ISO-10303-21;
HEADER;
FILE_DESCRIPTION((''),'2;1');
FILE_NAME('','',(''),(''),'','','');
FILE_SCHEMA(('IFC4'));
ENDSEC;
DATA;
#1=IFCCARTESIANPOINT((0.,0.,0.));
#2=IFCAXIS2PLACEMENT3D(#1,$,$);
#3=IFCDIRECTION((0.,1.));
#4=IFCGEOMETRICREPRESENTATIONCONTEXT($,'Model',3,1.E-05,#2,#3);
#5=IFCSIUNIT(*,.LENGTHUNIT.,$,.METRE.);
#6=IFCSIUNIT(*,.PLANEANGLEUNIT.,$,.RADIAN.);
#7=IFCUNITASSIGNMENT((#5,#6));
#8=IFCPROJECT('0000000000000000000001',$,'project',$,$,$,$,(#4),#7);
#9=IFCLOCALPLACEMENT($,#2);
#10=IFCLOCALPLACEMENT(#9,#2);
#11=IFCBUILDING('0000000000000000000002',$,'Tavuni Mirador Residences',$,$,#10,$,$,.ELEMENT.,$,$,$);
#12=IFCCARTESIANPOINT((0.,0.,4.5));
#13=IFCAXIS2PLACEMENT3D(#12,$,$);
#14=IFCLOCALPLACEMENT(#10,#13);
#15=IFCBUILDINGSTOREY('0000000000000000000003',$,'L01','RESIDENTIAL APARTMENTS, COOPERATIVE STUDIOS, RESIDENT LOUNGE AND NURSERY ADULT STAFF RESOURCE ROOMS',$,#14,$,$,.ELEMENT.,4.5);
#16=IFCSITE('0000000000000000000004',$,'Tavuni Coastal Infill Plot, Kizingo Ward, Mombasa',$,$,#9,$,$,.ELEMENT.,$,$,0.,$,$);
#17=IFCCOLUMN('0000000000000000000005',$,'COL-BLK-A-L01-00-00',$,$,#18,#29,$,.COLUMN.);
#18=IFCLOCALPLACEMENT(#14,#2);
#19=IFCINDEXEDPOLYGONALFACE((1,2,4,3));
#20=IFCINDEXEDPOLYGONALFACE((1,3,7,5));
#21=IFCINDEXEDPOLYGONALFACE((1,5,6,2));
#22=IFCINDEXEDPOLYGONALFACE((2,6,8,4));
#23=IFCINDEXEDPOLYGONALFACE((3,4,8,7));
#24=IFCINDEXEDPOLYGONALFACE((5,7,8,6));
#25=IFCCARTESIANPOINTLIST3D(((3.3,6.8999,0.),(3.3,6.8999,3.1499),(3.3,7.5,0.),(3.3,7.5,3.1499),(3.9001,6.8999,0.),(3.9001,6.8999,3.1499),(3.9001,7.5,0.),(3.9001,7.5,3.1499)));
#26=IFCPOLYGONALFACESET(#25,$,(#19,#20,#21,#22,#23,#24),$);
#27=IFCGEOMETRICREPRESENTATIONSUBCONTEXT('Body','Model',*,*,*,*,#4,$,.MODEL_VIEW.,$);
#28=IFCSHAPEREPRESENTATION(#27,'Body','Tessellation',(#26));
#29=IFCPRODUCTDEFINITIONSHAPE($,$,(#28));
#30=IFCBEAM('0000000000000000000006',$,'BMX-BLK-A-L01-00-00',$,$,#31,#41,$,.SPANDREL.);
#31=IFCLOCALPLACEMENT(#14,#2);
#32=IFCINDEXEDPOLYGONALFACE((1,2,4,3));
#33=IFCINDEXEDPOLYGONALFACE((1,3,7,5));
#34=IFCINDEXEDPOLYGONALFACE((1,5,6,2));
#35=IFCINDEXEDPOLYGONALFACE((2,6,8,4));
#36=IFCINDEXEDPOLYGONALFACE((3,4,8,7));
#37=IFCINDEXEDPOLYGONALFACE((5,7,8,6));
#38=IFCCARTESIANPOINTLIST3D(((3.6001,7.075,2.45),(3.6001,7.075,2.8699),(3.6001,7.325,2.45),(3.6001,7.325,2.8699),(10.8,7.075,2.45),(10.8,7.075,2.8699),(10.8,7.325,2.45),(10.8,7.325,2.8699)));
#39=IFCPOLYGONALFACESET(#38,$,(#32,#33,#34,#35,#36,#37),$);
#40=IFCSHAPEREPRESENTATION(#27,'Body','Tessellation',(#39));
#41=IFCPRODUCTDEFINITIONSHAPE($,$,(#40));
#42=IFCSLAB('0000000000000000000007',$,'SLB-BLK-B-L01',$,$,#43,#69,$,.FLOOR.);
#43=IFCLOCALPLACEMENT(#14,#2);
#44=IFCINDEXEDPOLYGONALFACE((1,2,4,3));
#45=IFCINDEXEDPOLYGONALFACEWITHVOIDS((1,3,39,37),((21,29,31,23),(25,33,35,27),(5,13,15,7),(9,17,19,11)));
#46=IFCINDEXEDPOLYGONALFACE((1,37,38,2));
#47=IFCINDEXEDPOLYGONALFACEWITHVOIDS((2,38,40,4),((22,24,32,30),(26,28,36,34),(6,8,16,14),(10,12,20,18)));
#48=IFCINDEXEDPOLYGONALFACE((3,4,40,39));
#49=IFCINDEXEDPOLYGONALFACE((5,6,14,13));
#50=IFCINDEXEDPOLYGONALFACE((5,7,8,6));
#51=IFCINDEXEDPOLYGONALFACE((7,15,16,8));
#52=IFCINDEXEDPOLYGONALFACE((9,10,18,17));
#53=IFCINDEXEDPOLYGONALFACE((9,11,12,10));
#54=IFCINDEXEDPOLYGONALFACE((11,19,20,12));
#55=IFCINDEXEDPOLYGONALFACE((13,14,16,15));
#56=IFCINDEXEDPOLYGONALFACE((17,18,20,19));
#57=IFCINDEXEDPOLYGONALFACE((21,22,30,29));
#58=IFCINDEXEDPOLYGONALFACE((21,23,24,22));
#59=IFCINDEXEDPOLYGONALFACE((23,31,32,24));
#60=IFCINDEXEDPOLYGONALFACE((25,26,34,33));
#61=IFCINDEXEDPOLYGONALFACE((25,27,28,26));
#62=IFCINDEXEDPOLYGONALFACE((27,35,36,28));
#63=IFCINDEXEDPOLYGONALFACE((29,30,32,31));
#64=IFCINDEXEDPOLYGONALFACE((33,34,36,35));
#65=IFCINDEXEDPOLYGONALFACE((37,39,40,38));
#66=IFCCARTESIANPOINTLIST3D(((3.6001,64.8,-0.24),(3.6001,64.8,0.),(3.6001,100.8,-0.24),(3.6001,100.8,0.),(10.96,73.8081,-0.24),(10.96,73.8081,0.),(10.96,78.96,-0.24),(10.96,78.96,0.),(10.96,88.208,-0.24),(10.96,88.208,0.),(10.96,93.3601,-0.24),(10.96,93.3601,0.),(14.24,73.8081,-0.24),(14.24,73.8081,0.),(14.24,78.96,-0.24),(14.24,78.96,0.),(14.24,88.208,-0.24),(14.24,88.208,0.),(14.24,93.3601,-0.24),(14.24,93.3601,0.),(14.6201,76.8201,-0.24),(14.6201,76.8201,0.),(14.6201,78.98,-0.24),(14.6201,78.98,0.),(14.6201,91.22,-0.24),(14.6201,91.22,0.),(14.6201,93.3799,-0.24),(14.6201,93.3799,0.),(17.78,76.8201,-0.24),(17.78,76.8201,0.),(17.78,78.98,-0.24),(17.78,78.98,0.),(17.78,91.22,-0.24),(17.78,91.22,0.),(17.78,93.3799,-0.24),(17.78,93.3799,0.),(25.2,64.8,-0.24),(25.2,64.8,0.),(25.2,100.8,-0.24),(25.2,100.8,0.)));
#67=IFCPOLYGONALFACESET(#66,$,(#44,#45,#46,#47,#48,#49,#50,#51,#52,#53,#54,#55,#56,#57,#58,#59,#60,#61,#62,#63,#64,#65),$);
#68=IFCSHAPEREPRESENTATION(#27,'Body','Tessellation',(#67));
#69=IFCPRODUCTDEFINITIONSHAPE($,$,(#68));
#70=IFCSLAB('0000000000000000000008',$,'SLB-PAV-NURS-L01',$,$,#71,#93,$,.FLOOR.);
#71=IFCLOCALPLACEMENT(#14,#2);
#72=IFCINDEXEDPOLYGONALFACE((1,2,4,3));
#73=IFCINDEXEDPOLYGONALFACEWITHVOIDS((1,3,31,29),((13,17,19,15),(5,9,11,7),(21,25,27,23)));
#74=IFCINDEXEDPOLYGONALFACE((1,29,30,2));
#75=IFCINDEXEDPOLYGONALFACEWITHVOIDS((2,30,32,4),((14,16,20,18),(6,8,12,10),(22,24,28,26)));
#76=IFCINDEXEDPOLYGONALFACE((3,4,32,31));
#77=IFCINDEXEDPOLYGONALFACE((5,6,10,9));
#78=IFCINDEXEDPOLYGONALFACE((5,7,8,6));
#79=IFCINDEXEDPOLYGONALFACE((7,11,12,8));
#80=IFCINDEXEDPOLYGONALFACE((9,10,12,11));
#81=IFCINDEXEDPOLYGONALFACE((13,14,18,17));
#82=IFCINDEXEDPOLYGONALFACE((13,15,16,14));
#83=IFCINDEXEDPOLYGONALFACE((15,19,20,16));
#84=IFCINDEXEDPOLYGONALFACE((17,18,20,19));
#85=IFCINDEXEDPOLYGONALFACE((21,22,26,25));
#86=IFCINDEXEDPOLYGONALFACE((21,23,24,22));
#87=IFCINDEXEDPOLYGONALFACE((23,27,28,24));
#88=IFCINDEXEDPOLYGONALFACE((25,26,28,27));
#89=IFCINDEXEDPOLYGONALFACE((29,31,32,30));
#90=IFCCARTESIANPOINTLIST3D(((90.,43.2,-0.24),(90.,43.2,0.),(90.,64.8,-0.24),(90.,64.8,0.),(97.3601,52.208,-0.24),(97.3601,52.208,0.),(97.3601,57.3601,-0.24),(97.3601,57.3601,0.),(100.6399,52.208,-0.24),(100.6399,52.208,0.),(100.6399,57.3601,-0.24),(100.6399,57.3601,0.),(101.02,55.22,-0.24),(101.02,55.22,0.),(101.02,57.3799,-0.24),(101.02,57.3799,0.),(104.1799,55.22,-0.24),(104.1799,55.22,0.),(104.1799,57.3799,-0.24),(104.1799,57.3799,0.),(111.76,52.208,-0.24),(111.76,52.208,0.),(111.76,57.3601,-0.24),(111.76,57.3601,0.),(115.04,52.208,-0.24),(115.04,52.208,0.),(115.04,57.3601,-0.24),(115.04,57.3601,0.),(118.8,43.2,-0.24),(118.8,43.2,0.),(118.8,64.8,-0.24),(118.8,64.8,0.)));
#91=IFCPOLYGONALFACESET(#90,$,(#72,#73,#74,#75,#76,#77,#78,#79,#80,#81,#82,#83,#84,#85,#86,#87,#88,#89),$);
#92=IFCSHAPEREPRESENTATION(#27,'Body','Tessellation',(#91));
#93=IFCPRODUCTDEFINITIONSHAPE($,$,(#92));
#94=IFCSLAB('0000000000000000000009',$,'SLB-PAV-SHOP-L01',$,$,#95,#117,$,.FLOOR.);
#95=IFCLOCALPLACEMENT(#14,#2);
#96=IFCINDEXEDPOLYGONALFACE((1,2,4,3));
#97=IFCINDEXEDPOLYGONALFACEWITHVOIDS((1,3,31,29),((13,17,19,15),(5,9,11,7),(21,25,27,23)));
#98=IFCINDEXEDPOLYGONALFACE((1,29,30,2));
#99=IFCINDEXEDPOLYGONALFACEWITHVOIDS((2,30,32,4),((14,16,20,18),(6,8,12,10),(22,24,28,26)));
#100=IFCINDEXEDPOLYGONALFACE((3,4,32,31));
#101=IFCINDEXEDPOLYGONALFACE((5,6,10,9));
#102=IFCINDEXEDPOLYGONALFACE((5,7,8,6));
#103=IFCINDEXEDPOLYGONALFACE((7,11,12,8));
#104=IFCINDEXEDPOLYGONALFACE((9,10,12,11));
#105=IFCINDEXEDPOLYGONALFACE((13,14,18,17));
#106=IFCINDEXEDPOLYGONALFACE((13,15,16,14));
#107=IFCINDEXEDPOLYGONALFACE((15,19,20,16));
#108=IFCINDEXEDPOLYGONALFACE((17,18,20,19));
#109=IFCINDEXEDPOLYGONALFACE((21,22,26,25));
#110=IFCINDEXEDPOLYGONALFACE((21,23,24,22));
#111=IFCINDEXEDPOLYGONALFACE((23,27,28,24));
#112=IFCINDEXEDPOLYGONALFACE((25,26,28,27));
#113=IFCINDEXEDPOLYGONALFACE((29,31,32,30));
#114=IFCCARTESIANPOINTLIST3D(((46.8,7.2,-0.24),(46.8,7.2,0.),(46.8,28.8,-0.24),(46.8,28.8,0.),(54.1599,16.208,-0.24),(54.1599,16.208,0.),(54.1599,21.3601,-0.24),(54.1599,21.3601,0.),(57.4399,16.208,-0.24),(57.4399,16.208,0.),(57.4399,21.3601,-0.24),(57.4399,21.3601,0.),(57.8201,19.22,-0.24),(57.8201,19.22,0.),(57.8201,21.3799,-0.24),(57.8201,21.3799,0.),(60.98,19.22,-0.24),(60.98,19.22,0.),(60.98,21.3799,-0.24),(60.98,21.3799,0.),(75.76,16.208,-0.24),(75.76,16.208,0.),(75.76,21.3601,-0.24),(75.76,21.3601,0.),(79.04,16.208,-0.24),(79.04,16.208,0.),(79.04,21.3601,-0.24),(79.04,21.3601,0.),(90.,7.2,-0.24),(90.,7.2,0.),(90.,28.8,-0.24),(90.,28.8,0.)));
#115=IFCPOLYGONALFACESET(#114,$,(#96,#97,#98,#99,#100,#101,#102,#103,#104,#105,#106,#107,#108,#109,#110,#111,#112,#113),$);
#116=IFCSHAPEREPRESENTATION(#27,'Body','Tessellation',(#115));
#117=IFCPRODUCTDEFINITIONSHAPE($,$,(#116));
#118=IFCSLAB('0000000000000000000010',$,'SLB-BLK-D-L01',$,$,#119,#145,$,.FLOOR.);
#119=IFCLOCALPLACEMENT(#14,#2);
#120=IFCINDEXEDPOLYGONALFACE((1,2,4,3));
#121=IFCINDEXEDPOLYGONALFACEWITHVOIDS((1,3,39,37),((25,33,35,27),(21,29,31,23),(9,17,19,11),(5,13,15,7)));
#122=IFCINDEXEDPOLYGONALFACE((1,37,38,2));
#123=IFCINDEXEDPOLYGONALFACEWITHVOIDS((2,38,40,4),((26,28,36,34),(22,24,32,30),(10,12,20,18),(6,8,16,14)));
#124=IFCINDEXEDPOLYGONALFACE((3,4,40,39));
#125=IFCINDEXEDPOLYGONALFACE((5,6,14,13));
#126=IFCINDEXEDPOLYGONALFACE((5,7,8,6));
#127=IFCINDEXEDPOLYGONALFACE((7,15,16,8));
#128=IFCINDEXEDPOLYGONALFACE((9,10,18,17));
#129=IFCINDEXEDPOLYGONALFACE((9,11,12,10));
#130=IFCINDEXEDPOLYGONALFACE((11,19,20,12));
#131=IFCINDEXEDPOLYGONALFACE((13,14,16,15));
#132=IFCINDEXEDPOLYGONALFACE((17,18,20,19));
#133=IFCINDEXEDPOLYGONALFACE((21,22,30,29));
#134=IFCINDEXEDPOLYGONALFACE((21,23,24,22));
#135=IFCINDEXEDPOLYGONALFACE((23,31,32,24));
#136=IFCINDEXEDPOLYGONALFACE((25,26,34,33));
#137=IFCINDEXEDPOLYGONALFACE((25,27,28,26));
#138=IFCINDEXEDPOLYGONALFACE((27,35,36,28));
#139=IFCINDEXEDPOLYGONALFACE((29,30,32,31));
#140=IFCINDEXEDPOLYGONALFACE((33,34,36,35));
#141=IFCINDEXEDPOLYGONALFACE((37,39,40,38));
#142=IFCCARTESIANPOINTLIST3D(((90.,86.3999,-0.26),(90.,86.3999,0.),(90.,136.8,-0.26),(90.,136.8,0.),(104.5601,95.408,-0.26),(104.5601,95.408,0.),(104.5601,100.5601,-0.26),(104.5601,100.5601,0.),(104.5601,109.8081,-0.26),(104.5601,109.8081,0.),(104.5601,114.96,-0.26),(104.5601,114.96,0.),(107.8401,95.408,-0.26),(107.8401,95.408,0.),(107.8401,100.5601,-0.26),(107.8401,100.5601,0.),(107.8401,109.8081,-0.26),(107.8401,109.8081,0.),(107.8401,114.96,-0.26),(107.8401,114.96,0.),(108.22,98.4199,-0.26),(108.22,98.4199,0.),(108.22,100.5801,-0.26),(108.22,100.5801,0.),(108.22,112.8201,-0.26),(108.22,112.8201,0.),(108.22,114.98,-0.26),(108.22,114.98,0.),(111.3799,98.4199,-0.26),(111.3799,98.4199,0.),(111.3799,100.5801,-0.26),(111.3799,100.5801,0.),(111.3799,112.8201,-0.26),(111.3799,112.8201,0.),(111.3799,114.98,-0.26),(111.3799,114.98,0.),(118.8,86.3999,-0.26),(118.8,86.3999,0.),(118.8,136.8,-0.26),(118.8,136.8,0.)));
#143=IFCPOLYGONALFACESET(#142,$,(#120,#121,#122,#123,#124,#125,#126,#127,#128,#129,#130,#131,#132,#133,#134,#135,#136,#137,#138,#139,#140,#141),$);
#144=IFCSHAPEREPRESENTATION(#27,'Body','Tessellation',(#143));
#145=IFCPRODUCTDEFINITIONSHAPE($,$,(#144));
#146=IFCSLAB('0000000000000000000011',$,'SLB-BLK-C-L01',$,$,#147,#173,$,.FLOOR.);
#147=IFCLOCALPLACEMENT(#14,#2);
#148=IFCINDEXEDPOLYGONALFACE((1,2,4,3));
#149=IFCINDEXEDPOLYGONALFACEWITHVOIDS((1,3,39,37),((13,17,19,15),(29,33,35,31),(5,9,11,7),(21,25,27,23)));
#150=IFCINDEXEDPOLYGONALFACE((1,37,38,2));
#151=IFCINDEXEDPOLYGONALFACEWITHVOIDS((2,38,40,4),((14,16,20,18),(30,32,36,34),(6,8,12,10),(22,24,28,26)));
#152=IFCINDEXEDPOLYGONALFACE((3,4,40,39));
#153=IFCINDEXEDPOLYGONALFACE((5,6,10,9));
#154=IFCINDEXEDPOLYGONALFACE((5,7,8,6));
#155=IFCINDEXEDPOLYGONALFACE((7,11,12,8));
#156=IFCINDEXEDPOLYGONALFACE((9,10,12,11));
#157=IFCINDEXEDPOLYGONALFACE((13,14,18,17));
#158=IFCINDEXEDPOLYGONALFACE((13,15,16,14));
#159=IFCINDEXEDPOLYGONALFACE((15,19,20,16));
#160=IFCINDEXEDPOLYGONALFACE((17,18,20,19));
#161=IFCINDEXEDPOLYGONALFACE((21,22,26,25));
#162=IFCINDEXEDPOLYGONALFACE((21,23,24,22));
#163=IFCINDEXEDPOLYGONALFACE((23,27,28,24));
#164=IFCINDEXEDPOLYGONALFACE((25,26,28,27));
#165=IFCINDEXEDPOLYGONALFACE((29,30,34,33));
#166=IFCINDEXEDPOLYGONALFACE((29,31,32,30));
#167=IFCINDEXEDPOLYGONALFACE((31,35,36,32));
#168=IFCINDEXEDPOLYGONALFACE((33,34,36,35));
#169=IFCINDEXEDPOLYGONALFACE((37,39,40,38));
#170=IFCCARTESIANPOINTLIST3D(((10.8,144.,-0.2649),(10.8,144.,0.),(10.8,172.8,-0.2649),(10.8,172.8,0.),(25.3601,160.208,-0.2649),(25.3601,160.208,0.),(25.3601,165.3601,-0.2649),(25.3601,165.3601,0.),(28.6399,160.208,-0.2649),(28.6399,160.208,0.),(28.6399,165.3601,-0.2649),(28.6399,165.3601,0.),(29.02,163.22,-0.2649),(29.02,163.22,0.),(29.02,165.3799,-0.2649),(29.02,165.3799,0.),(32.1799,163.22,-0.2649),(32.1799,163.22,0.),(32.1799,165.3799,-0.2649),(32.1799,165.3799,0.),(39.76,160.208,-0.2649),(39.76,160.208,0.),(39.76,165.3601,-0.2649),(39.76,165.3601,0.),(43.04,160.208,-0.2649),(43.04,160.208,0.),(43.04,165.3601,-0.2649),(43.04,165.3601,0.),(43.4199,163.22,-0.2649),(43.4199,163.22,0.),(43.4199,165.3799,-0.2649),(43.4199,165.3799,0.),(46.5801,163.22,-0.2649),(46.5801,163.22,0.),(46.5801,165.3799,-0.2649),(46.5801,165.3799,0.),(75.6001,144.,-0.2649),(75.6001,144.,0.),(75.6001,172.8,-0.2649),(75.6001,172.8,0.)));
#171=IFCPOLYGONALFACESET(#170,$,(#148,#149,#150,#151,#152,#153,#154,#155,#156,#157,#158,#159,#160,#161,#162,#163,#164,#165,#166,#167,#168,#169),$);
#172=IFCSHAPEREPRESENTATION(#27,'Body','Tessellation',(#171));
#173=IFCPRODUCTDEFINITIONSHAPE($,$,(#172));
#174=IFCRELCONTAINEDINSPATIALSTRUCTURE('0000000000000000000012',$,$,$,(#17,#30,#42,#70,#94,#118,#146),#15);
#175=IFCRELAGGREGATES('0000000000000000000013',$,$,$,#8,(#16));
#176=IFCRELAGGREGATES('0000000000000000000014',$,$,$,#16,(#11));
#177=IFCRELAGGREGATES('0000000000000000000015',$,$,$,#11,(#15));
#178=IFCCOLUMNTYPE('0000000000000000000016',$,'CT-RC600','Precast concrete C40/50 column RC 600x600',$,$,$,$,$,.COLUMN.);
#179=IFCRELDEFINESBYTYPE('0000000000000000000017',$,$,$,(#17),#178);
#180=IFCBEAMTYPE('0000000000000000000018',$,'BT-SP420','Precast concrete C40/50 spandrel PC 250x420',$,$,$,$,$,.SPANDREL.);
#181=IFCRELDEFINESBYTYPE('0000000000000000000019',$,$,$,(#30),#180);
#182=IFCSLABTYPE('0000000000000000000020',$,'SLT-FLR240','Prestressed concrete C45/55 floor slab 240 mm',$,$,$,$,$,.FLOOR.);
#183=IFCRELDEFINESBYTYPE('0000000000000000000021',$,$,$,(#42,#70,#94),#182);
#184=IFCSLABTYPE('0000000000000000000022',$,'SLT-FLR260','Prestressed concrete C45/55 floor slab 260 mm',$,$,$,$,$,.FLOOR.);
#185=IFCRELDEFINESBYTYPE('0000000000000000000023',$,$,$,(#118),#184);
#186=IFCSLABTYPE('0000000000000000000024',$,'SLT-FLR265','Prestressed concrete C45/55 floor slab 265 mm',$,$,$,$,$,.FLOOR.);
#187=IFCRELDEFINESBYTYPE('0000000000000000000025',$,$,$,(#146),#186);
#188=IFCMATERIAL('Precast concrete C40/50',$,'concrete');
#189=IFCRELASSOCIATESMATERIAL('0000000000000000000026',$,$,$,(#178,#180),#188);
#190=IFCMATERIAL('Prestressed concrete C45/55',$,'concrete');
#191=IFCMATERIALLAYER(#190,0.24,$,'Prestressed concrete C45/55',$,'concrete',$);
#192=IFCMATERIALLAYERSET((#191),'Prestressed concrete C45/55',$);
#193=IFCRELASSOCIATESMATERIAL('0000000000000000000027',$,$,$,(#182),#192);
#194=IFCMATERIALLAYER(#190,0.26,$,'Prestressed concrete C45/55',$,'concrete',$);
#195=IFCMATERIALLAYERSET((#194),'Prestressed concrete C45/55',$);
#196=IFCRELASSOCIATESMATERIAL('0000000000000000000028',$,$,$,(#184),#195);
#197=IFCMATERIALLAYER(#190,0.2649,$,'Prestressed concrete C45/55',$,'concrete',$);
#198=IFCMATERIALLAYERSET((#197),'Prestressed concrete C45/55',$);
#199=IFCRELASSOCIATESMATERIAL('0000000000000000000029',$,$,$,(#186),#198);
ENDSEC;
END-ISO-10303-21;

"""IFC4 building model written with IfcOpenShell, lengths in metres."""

from ifc_helpers import new_model, si_unit, direction, frame, origin, origin_2d, place, context, subcontext, project, spatial, polyline, rectangle, outline, extrude, material, layer, layer_set, material_profile, profile_set, type_object, element, save


model = new_model("IFC4")

# Units and contexts
model_context = context("Model", 3, precision=1e-05, world=origin(), true_north=direction((0.0, 1.0)))
body_context = subcontext(model_context, "Body", "Model", "MODEL_VIEW")
ifc_project = project(units=[si_unit("LENGTHUNIT", "METRE"), si_unit("PLANEANGLEUNIT", "RADIAN")], contexts=[model_context])

# Site, building, storey
site_placement = place(None, origin())
site = spatial("IfcSite", under=ifc_project, at=site_placement, Name="Tavuni Coastal Infill Plot, Kizingo Ward, Mombasa", CompositionType="ELEMENT", RefElevation=0.0)
building_placement = place(site_placement, origin())
building = spatial("IfcBuilding", under=site, at=building_placement, Name="Tavuni Mirador Residences", CompositionType="ELEMENT")
storey_placement = place(building_placement, frame((0.0, 0.0, 4.5)))
storey = spatial("IfcBuildingStorey", under=building, at=storey_placement, Name="L01", Description="RESIDENTIAL APARTMENTS, COOPERATIVE STUDIOS, RESIDENT LOUNGE AND NURSERY ADULT STAFF RESOURCE ROOMS", CompositionType="ELEMENT", Elevation=4.5)

# Column
ifc_material_1 = material(Name="Precast concrete C40/50", Category="concrete")
ifc_material_profile_1 = material_profile(ifc_material_1, rectangle(XDim=0.6001, YDim=0.6001, at=origin_2d()), Name="RC 600x600", Category="concrete")
ifc_profile_set_1 = profile_set([ifc_material_profile_1], Name="Precast concrete C40/50")
column_type = type_object("IfcColumnType", Name="CT-RC600", Description="Precast concrete C40/50 column RC 600x600", PredefinedType="COLUMN", material=ifc_profile_set_1)
column_placement = place(storey_placement, frame((3.6001, 7.2, 0.0), z_axis=(0.0, 0.0, 1.0), x_axis=(1.0, 0.0, 0.0)))
element("IfcColumn", 1, at=column_placement, inside=storey, type_object=column_type, Name="COL-BLK-A-L01-00-00", PredefinedType="COLUMN", context=body_context, shape_type="SweptSolid", body=[
    extrude(rectangle(XDim=0.6001, YDim=0.6001, at=origin_2d()), origin(), (0.0, 0.0, 1.0), 3.1499),
])

# Beam
ifc_material_profile_2 = material_profile(ifc_material_1, rectangle(XDim=0.25, YDim=0.4199, at=origin_2d()), Name="PC 250x420", Category="concrete")
ifc_profile_set_2 = profile_set([ifc_material_profile_2], Name="Precast concrete C40/50")
beam_type = type_object("IfcBeamType", Name="BT-SP420", Description="Precast concrete C40/50 spandrel PC 250x420", PredefinedType="SPANDREL", material=ifc_profile_set_2)
beam_placement = place(storey_placement, frame((3.6001, 7.2, 2.6599), z_axis=(1.0, 0.0, 0.0), x_axis=(0.0, 1.0, 0.0)))
element("IfcBeam", 2, at=beam_placement, inside=storey, type_object=beam_type, Name="BMX-BLK-A-L01-00-00", PredefinedType="SPANDREL", context=body_context, shape_type="SweptSolid", body=[
    extrude(rectangle(XDim=0.25, YDim=0.4199, at=origin_2d()), origin(), (0.0, 0.0, 1.0), 7.2),
])

# Slabs
ifc_material_2 = material(Name="Prestressed concrete C45/55", Category="concrete")
ifc_layer_1 = layer(ifc_material_2, 0.24, Name="Prestressed concrete C45/55", Category="concrete")
ifc_layer_set_1 = layer_set([ifc_layer_1], Name="Prestressed concrete C45/55")
slab_type_1 = type_object("IfcSlabType", Name="SLT-FLR240", Description="Prestressed concrete C45/55 floor slab 240 mm", PredefinedType="FLOOR", material=ifc_layer_set_1)
slab_1_placement = place(storey_placement, frame((0.0, 0.0, -0.24)))
element("IfcSlab", 3, at=slab_1_placement, inside=storey, type_object=slab_type_1, Name="SLB-BLK-B-L01", PredefinedType="FLOOR", context=body_context, shape_type="SweptSolid", body=[
    extrude(outline(polyline([(3.6001, 64.8), (25.2, 64.8), (25.2, 100.8), (3.6001, 100.8), (3.6001, 64.8)]), holes=[polyline([(10.96, 73.8081), (14.24, 73.8081), (14.24, 78.96), (10.96, 78.96), (10.96, 73.8081)]), polyline([(14.6201, 76.8201), (17.78, 76.8201), (17.78, 78.98), (14.6201, 78.98), (14.6201, 76.8201)]), polyline([(10.96, 88.208), (14.24, 88.208), (14.24, 93.3601), (10.96, 93.3601), (10.96, 88.208)]), polyline([(14.6201, 91.22), (17.78, 91.22), (17.78, 93.3799), (14.6201, 93.3799), (14.6201, 91.22)])]), origin(), (0.0, 0.0, 1.0), 0.24),
])
slab_2_placement = place(storey_placement, frame((0.0, 0.0, -0.24)))
element("IfcSlab", 4, at=slab_2_placement, inside=storey, type_object=slab_type_1, Name="SLB-PAV-NURS-L01", PredefinedType="FLOOR", context=body_context, shape_type="SweptSolid", body=[
    extrude(outline(polyline([(90.0, 43.2), (118.8, 43.2), (118.8, 64.8), (90.0, 64.8), (90.0, 43.2)]), holes=[polyline([(97.3601, 52.208), (100.6399, 52.208), (100.6399, 57.3601), (97.3601, 57.3601), (97.3601, 52.208)]), polyline([(101.02, 55.22), (104.1799, 55.22), (104.1799, 57.3799), (101.02, 57.3799), (101.02, 55.22)]), polyline([(111.76, 52.208), (115.04, 52.208), (115.04, 57.3601), (111.76, 57.3601), (111.76, 52.208)])]), origin(), (0.0, 0.0, 1.0), 0.24),
])
slab_3_placement = place(storey_placement, frame((0.0, 0.0, -0.24)))
element("IfcSlab", 5, at=slab_3_placement, inside=storey, type_object=slab_type_1, Name="SLB-PAV-SHOP-L01", PredefinedType="FLOOR", context=body_context, shape_type="SweptSolid", body=[
    extrude(outline(polyline([(46.8, 7.2), (90.0, 7.2), (90.0, 28.8), (46.8, 28.8), (46.8, 7.2)]), holes=[polyline([(54.1599, 16.208), (57.4399, 16.208), (57.4399, 21.3601), (54.1599, 21.3601), (54.1599, 16.208)]), polyline([(57.8201, 19.22), (60.98, 19.22), (60.98, 21.3799), (57.8201, 21.3799), (57.8201, 19.22)]), polyline([(75.76, 16.208), (79.04, 16.208), (79.04, 21.3601), (75.76, 21.3601), (75.76, 16.208)])]), origin(), (0.0, 0.0, 1.0), 0.24),
])
ifc_layer_2 = layer(ifc_material_2, 0.26, Name="Prestressed concrete C45/55", Category="concrete")
ifc_layer_set_2 = layer_set([ifc_layer_2], Name="Prestressed concrete C45/55")
slab_type_2 = type_object("IfcSlabType", Name="SLT-FLR260", Description="Prestressed concrete C45/55 floor slab 260 mm", PredefinedType="FLOOR", material=ifc_layer_set_2)
slab_4_placement = place(storey_placement, frame((0.0, 0.0, -0.26)))
element("IfcSlab", 6, at=slab_4_placement, inside=storey, type_object=slab_type_2, Name="SLB-BLK-D-L01", PredefinedType="FLOOR", context=body_context, shape_type="SweptSolid", body=[
    extrude(outline(polyline([(90.0, 86.3999), (118.8, 86.3999), (118.8, 136.8), (90.0, 136.8), (90.0, 86.3999)]), holes=[polyline([(104.5601, 95.408), (107.8401, 95.408), (107.8401, 100.5601), (104.5601, 100.5601), (104.5601, 95.408)]), polyline([(108.22, 98.4199), (111.3799, 98.4199), (111.3799, 100.5801), (108.22, 100.5801), (108.22, 98.4199)]), polyline([(104.5601, 109.8081), (107.8401, 109.8081), (107.8401, 114.96), (104.5601, 114.96), (104.5601, 109.8081)]), polyline([(108.22, 112.8201), (111.3799, 112.8201), (111.3799, 114.98), (108.22, 114.98), (108.22, 112.8201)])]), origin(), (0.0, 0.0, 1.0), 0.26),
])
ifc_layer_3 = layer(ifc_material_2, 0.2649, Name="Prestressed concrete C45/55", Category="concrete")
ifc_layer_set_3 = layer_set([ifc_layer_3], Name="Prestressed concrete C45/55")
slab_type_3 = type_object("IfcSlabType", Name="SLT-FLR265", Description="Prestressed concrete C45/55 floor slab 265 mm", PredefinedType="FLOOR", material=ifc_layer_set_3)
slab_5_placement = place(storey_placement, frame((0.0, 0.0, -0.2649)))
element("IfcSlab", 7, at=slab_5_placement, inside=storey, type_object=slab_type_3, Name="SLB-BLK-C-L01", PredefinedType="FLOOR", context=body_context, shape_type="SweptSolid", body=[
    extrude(outline(polyline([(10.8, 144.0), (75.6001, 144.0), (75.6001, 172.8), (10.8, 172.8), (10.8, 144.0)]), holes=[polyline([(25.3601, 160.208), (28.6399, 160.208), (28.6399, 165.3601), (25.3601, 165.3601), (25.3601, 160.208)]), polyline([(29.02, 163.22), (32.1799, 163.22), (32.1799, 165.3799), (29.02, 165.3799), (29.02, 163.22)]), polyline([(39.76, 160.208), (43.04, 160.208), (43.04, 165.3601), (39.76, 165.3601), (39.76, 160.208)]), polyline([(43.4199, 163.22), (46.5801, 163.22), (46.5801, 165.3799), (43.4199, 165.3799), (43.4199, 163.22)])]), origin(), (0.0, 0.0, 1.0), 0.2649),
])

save(model, "model.ifc")
